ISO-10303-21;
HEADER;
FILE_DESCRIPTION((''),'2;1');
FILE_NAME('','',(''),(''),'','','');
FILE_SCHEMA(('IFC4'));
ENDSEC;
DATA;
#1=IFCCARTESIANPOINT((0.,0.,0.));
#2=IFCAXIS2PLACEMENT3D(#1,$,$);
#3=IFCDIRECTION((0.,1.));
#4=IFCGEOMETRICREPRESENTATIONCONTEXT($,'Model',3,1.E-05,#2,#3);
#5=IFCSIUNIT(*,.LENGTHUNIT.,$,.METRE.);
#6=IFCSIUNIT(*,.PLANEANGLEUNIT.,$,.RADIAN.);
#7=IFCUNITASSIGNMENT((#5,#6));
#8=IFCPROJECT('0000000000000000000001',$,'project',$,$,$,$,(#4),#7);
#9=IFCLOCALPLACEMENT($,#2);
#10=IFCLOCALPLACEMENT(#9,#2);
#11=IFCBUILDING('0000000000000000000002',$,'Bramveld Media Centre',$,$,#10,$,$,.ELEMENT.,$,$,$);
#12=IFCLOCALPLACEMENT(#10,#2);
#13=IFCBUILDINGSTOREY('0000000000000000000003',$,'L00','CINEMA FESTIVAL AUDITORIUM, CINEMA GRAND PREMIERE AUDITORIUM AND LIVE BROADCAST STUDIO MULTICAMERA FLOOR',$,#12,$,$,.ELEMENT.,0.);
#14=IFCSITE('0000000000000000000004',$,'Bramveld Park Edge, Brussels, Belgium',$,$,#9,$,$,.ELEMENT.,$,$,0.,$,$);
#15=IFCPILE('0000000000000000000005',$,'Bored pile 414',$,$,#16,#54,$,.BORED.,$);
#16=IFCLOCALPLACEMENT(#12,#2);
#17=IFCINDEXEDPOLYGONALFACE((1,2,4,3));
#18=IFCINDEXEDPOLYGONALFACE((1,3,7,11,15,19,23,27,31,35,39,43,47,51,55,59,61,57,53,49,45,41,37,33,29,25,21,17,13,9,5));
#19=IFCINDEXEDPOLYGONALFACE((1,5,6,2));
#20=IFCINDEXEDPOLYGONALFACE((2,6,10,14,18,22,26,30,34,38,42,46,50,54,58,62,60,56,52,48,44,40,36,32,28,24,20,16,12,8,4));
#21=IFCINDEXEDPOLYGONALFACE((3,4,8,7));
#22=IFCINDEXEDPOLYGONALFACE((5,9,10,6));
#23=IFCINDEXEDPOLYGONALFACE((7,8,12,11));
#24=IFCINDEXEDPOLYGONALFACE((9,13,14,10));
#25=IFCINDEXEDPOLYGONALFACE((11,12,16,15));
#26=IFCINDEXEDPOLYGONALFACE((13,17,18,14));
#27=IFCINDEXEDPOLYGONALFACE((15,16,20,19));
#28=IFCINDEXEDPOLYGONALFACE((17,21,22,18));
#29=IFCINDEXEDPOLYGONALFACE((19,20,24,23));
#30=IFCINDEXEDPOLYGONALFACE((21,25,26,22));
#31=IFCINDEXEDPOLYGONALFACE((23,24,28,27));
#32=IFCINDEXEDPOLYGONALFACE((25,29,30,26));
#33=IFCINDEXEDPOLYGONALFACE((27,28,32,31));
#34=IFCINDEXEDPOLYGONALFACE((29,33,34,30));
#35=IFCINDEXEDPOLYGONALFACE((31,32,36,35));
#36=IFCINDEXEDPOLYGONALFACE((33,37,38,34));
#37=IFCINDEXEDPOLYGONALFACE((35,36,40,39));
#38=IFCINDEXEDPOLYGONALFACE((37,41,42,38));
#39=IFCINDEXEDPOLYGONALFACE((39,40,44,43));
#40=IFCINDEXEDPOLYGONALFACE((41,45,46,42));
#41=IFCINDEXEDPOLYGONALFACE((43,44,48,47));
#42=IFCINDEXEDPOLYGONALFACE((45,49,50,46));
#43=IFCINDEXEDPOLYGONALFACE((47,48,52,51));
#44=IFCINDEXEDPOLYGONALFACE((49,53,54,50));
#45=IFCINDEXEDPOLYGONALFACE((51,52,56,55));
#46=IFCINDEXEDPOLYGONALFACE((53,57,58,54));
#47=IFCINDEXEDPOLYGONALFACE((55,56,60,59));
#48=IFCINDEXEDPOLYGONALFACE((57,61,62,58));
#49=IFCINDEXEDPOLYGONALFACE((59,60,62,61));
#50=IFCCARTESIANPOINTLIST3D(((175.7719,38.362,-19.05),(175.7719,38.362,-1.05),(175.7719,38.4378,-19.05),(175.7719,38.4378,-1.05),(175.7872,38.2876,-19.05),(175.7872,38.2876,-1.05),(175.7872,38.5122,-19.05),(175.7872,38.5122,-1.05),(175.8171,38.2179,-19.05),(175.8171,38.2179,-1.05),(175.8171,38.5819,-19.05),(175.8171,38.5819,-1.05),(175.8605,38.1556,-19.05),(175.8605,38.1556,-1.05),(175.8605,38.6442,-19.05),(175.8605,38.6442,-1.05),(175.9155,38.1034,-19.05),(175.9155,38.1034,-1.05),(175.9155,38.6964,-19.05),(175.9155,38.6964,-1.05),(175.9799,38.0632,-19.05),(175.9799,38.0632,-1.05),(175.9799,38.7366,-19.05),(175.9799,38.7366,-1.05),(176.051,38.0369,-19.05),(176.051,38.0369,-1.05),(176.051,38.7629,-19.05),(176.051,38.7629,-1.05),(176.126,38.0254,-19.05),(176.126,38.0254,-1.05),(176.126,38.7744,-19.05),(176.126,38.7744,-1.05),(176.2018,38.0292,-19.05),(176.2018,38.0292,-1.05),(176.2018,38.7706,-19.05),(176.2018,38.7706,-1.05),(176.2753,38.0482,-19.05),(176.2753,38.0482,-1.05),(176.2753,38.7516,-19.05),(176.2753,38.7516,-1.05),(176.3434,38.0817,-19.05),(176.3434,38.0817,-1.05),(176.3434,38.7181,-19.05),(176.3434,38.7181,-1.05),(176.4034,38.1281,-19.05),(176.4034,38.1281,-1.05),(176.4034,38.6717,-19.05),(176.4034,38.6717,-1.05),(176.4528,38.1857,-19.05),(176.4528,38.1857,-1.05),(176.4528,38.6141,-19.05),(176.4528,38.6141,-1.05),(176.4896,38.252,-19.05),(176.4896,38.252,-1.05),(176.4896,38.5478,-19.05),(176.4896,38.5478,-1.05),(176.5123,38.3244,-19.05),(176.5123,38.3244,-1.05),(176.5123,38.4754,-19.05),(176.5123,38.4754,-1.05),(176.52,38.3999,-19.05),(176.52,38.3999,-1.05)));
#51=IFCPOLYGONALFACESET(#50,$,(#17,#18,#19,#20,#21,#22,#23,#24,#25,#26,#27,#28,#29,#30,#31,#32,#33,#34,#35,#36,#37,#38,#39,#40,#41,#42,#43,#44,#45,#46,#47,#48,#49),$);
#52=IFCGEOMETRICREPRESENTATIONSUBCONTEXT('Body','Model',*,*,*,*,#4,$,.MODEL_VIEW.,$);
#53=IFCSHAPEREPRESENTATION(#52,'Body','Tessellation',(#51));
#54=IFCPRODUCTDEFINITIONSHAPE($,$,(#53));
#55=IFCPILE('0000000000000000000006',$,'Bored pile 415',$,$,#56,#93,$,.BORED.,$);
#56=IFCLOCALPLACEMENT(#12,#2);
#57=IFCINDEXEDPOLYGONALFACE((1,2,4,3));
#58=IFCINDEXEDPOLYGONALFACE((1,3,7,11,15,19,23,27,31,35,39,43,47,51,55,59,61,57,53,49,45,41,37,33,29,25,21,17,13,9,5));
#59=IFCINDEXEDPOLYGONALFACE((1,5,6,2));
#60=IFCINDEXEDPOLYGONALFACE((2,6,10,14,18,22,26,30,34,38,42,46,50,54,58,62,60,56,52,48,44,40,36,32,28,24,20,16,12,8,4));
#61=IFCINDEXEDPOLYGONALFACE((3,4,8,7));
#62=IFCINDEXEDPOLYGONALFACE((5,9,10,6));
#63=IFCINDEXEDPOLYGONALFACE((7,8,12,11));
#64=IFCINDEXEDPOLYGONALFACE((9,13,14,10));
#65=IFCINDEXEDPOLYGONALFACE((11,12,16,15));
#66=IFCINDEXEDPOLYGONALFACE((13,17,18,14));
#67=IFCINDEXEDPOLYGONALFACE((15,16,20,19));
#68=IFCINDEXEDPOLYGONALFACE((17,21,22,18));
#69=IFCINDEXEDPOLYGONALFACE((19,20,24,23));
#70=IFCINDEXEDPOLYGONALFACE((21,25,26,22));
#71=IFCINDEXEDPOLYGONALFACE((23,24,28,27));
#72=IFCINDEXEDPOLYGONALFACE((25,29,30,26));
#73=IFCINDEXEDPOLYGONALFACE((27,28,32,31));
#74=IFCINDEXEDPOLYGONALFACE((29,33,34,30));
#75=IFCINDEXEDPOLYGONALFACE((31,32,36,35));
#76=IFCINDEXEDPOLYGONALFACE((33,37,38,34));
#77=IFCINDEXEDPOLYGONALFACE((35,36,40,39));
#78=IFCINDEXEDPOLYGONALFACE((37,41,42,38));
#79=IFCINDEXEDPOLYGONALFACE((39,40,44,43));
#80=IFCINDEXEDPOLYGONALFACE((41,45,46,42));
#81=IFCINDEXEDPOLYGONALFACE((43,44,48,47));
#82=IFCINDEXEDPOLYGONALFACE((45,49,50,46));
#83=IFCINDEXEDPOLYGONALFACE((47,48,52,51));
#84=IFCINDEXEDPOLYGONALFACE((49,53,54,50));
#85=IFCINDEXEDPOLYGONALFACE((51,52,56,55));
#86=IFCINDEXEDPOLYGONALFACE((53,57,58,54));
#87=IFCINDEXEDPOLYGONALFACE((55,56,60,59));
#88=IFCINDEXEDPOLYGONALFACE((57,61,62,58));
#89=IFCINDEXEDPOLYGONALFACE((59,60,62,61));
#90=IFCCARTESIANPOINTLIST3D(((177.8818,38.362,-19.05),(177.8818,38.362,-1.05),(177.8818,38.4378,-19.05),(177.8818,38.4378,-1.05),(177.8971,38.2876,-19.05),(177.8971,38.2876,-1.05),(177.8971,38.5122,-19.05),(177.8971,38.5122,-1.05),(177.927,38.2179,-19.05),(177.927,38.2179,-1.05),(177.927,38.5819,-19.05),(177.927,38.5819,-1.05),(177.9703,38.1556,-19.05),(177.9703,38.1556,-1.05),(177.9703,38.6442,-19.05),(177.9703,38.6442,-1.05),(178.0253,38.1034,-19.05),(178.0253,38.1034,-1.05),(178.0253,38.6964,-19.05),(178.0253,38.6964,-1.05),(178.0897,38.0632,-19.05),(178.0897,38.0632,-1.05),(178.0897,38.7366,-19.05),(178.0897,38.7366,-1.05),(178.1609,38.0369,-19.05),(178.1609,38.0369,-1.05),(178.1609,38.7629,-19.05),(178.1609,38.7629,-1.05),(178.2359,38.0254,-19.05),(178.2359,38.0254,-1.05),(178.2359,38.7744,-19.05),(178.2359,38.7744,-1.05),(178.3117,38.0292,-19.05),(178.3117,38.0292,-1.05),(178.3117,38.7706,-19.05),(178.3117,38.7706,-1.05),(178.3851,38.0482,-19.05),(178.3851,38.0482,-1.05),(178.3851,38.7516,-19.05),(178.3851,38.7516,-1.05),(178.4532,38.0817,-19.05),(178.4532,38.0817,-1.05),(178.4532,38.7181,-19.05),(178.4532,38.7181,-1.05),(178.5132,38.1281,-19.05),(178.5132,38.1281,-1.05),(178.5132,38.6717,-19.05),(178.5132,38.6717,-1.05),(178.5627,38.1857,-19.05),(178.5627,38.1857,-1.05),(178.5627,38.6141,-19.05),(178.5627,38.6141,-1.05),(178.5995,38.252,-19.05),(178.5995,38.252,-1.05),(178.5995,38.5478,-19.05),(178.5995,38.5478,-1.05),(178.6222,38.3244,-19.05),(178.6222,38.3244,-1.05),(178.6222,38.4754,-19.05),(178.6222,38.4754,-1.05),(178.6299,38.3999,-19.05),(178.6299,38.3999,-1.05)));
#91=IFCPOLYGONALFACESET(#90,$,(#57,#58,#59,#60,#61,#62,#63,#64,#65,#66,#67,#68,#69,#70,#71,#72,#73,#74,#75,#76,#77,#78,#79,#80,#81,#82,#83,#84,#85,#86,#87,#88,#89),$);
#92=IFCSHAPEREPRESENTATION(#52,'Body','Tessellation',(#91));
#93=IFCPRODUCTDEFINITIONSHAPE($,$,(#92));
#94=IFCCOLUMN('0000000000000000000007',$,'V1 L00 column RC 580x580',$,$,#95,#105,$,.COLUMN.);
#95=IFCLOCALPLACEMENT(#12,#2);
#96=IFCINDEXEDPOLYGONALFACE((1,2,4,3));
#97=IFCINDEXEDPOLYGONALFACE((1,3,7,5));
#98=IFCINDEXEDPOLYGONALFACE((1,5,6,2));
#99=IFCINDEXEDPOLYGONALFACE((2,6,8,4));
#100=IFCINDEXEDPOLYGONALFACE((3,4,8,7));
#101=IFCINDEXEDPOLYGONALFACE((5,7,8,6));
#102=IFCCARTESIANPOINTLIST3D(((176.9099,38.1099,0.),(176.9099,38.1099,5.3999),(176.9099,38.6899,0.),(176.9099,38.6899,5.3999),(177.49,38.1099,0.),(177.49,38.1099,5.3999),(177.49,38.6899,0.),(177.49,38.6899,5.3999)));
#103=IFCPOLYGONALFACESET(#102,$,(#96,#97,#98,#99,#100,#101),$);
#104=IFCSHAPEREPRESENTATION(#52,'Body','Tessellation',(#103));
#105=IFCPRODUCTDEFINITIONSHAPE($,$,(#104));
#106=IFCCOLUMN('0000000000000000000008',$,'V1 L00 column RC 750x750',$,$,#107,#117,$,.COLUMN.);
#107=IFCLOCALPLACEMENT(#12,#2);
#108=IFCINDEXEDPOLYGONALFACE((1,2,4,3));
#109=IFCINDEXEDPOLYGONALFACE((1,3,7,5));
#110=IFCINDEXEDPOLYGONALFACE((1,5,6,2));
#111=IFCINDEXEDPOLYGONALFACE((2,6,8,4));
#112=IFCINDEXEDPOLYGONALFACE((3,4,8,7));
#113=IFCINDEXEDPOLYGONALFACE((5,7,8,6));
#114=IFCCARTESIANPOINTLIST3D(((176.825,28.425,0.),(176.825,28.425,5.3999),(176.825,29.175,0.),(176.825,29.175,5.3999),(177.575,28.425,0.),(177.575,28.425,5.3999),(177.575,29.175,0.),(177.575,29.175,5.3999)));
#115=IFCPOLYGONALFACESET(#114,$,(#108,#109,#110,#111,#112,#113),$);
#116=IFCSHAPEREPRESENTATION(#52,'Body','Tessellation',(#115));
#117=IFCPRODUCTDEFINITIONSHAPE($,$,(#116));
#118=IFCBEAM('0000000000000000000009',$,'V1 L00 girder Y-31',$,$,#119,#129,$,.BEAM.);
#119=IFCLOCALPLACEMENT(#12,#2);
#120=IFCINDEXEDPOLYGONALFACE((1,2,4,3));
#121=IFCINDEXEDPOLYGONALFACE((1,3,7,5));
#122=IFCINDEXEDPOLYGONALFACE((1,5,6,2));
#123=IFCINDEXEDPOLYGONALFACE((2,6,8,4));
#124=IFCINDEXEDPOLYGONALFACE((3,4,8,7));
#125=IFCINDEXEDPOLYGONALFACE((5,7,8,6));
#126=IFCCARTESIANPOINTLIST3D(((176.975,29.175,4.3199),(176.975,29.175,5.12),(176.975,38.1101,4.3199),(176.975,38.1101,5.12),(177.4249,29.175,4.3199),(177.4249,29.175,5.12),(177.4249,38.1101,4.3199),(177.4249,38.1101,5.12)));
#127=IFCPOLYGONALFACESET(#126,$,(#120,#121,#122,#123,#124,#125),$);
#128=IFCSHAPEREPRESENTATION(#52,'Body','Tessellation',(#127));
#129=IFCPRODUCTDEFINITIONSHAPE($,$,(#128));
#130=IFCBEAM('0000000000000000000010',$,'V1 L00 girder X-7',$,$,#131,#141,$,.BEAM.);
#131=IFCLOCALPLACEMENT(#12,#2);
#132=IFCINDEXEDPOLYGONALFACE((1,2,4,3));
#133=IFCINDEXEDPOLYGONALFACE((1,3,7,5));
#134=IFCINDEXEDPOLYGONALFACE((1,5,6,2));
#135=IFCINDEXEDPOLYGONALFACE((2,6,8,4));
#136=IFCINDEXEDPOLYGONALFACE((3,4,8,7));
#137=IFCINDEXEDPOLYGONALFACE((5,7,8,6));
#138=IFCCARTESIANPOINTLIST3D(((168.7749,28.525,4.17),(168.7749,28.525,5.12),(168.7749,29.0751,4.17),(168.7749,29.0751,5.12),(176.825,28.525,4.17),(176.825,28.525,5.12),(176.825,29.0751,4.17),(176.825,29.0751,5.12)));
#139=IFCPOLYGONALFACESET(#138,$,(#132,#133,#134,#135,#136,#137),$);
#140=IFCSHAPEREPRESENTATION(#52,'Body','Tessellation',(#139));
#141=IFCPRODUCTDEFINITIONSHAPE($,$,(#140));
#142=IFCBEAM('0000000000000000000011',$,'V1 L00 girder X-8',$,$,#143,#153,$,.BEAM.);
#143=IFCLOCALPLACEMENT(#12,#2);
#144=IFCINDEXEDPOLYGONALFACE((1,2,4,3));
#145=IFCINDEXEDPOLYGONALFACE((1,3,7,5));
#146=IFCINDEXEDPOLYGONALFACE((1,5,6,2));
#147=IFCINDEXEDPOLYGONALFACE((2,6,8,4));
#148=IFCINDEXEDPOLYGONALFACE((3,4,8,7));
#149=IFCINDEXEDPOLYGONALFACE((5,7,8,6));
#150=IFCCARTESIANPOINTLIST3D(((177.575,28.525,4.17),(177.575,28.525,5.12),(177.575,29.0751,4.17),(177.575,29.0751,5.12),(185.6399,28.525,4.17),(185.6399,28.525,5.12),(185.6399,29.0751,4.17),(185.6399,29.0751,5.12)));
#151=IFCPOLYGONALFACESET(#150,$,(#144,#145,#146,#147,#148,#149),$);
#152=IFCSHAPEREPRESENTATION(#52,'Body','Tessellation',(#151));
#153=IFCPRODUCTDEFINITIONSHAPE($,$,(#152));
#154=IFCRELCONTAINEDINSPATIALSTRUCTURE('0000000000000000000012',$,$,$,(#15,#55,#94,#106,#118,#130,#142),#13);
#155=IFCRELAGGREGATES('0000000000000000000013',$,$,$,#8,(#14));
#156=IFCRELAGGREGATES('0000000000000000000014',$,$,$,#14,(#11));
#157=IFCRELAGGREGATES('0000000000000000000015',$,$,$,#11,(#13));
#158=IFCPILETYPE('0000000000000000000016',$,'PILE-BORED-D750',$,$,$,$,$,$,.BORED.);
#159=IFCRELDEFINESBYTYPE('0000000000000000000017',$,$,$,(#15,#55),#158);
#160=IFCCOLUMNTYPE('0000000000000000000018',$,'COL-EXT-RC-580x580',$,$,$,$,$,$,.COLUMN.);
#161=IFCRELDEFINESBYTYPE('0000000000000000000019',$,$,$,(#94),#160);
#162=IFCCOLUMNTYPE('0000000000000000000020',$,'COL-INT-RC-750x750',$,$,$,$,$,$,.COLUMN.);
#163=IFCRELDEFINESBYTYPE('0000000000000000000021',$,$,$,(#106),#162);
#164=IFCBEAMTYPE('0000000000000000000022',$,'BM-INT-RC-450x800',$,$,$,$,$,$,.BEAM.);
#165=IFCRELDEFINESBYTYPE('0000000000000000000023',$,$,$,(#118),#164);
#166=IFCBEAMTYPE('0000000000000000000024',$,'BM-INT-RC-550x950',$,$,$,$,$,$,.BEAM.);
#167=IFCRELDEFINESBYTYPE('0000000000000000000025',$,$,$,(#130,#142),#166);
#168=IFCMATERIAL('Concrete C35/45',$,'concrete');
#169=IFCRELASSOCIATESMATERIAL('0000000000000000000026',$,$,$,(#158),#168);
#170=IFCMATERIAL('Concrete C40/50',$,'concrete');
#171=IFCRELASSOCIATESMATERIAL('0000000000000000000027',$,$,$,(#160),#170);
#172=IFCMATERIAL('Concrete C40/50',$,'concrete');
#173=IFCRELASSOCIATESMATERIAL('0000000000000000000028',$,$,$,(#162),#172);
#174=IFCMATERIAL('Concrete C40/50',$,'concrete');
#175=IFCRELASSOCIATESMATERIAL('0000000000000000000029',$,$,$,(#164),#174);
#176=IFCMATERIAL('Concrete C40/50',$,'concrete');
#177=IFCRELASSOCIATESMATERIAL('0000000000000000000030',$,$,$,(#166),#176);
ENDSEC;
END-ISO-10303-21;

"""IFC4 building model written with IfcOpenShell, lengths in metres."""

from ifc_helpers import new_model, si_unit, direction, frame, origin, origin_2d, place, context, subcontext, project, spatial, rectangle, circle, extrude, material, material_profile, profile_set, type_object, element, save


model = new_model("IFC4")

# Units and contexts
model_context = context("Model", 3, precision=1e-05, world=origin(), true_north=direction((0.0, 1.0)))
body_context = subcontext(model_context, "Body", "Model", "MODEL_VIEW")
ifc_project = project(units=[si_unit("LENGTHUNIT", "METRE"), si_unit("PLANEANGLEUNIT", "RADIAN")], contexts=[model_context])

# Site, building, storey
site_placement = place(None, origin())
site = spatial("IfcSite", under=ifc_project, at=site_placement, Name="Bramveld Park Edge, Brussels, Belgium", CompositionType="ELEMENT", RefElevation=0.0)
building_placement = place(site_placement, origin())
building = spatial("IfcBuilding", under=site, at=building_placement, Name="Bramveld Media Centre", CompositionType="ELEMENT")
storey_placement = place(building_placement, origin())
storey = spatial("IfcBuildingStorey", under=building, at=storey_placement, Name="L00", Description="CINEMA FESTIVAL AUDITORIUM, CINEMA GRAND PREMIERE AUDITORIUM AND LIVE BROADCAST STUDIO MULTICAMERA FLOOR", CompositionType="ELEMENT", Elevation=0.0)

# Piles
ifc_material_1 = material(Name="Concrete C35/45", Category="concrete")
ifc_material_profile_1 = material_profile(ifc_material_1, circle(Radius=0.375, at=origin_2d()), Name="BORED D750")
ifc_profile_set_1 = profile_set([ifc_material_profile_1], Name="Concrete C35/45")
pile_type = type_object("IfcPileType", Name="PILE-BORED-D750", PredefinedType="BORED", material=ifc_profile_set_1)
for number, where, z_axis, x_axis, name in (
    (1, (176.145, 38.3999, -1.05), (0.0, 0.0, -1.0), (1.0, 0.0, 0.0), "Bored pile 414"),
    (2, (178.2549, 38.3999, -1.05), (0.0, 0.0, -1.0), (1.0, 0.0, 0.0), "Bored pile 415"),
):
    element("IfcPile", number, at=place(storey_placement, frame(where, z_axis=z_axis, x_axis=x_axis)), inside=storey, type_object=pile_type, Name=name, PredefinedType="BORED", context=body_context, shape_type="SweptSolid", body=[
        extrude(circle(Radius=0.375, at=origin_2d()), origin(), (0.0, 0.0, 1.0), 18.0),
    ])

# Columns
ifc_material_2 = material(Name="Concrete C40/50", Category="concrete")
ifc_material_profile_2 = material_profile(ifc_material_2, rectangle(XDim=0.5801, YDim=0.5801, at=origin_2d()), Name="RC 580x580")
ifc_profile_set_2 = profile_set([ifc_material_profile_2], Name="Concrete C40/50")
column_type_1 = type_object("IfcColumnType", Name="COL-EXT-RC-580x580", PredefinedType="COLUMN", material=ifc_profile_set_2)
column_1_placement = place(storey_placement, frame((177.2, 38.3999, 0.0), z_axis=(0.0, 0.0, 1.0), x_axis=(1.0, 0.0, 0.0)))
element("IfcColumn", 3, at=column_1_placement, inside=storey, type_object=column_type_1, Name="V1 L00 column RC 580x580", PredefinedType="COLUMN", context=body_context, shape_type="SweptSolid", body=[
    extrude(rectangle(XDim=0.5801, YDim=0.5801, at=origin_2d()), origin(), (0.0, 0.0, 1.0), 5.3999),
])
ifc_material_3 = material(Name="Concrete C40/50", Category="concrete")
ifc_material_profile_3 = material_profile(ifc_material_3, rectangle(XDim=0.75, YDim=0.75, at=origin_2d()), Name="RC 750x750")
ifc_profile_set_3 = profile_set([ifc_material_profile_3], Name="Concrete C40/50")
column_type_2 = type_object("IfcColumnType", Name="COL-INT-RC-750x750", PredefinedType="COLUMN", material=ifc_profile_set_3)
column_2_placement = place(storey_placement, frame((177.2, 28.8, 0.0), z_axis=(0.0, 0.0, 1.0), x_axis=(1.0, 0.0, 0.0)))
element("IfcColumn", 4, at=column_2_placement, inside=storey, type_object=column_type_2, Name="V1 L00 column RC 750x750", PredefinedType="COLUMN", context=body_context, shape_type="SweptSolid", body=[
    extrude(rectangle(XDim=0.75, YDim=0.75, at=origin_2d()), origin(), (0.0, 0.0, 1.0), 5.3999),
])

# Beams
ifc_material_4 = material(Name="Concrete C40/50", Category="concrete")
ifc_material_profile_4 = material_profile(ifc_material_4, rectangle(XDim=0.45, YDim=0.8, at=origin_2d()), Name="RC 450x800")
ifc_profile_set_4 = profile_set([ifc_material_profile_4], Name="Concrete C40/50")
beam_type_1 = type_object("IfcBeamType", Name="BM-INT-RC-450x800", PredefinedType="BEAM", material=ifc_profile_set_4)
beam_1_placement = place(storey_placement, frame((177.2, 29.175, 4.72), z_axis=(0.0, 1.0, 0.0), x_axis=(-1.0, 0.0, 0.0)))
element("IfcBeam", 5, at=beam_1_placement, inside=storey, type_object=beam_type_1, Name="V1 L00 girder Y-31", PredefinedType="BEAM", context=body_context, shape_type="SweptSolid", body=[
    extrude(rectangle(XDim=0.45, YDim=0.8, at=origin_2d()), origin(), (0.0, 0.0, 1.0), 8.9351),
])
ifc_material_5 = material(Name="Concrete C40/50", Category="concrete")
ifc_material_profile_5 = material_profile(ifc_material_5, rectangle(XDim=0.55, YDim=0.95, at=origin_2d()), Name="RC 550x950")
ifc_profile_set_5 = profile_set([ifc_material_profile_5], Name="Concrete C40/50")
beam_type_2 = type_object("IfcBeamType", Name="BM-INT-RC-550x950", PredefinedType="BEAM", material=ifc_profile_set_5)
beam_2_placement = place(storey_placement, frame((168.7749, 28.8, 4.645), z_axis=(1.0, 0.0, 0.0), x_axis=(0.0, 1.0, 0.0)))
element("IfcBeam", 6, at=beam_2_placement, inside=storey, type_object=beam_type_2, Name="V1 L00 girder X-7", PredefinedType="BEAM", context=body_context, shape_type="SweptSolid", body=[
    extrude(rectangle(XDim=0.55, YDim=0.95, at=origin_2d()), origin(), (0.0, 0.0, 1.0), 8.05),
])
beam_3_placement = place(storey_placement, frame((177.575, 28.8, 4.645), z_axis=(1.0, 0.0, 0.0), x_axis=(0.0, 1.0, 0.0)))
element("IfcBeam", 7, at=beam_3_placement, inside=storey, type_object=beam_type_2, Name="V1 L00 girder X-8", PredefinedType="BEAM", context=body_context, shape_type="SweptSolid", body=[
    extrude(rectangle(XDim=0.55, YDim=0.95, at=origin_2d()), origin(), (0.0, 0.0, 1.0), 8.0649),
])

save(model, "model.ifc")
